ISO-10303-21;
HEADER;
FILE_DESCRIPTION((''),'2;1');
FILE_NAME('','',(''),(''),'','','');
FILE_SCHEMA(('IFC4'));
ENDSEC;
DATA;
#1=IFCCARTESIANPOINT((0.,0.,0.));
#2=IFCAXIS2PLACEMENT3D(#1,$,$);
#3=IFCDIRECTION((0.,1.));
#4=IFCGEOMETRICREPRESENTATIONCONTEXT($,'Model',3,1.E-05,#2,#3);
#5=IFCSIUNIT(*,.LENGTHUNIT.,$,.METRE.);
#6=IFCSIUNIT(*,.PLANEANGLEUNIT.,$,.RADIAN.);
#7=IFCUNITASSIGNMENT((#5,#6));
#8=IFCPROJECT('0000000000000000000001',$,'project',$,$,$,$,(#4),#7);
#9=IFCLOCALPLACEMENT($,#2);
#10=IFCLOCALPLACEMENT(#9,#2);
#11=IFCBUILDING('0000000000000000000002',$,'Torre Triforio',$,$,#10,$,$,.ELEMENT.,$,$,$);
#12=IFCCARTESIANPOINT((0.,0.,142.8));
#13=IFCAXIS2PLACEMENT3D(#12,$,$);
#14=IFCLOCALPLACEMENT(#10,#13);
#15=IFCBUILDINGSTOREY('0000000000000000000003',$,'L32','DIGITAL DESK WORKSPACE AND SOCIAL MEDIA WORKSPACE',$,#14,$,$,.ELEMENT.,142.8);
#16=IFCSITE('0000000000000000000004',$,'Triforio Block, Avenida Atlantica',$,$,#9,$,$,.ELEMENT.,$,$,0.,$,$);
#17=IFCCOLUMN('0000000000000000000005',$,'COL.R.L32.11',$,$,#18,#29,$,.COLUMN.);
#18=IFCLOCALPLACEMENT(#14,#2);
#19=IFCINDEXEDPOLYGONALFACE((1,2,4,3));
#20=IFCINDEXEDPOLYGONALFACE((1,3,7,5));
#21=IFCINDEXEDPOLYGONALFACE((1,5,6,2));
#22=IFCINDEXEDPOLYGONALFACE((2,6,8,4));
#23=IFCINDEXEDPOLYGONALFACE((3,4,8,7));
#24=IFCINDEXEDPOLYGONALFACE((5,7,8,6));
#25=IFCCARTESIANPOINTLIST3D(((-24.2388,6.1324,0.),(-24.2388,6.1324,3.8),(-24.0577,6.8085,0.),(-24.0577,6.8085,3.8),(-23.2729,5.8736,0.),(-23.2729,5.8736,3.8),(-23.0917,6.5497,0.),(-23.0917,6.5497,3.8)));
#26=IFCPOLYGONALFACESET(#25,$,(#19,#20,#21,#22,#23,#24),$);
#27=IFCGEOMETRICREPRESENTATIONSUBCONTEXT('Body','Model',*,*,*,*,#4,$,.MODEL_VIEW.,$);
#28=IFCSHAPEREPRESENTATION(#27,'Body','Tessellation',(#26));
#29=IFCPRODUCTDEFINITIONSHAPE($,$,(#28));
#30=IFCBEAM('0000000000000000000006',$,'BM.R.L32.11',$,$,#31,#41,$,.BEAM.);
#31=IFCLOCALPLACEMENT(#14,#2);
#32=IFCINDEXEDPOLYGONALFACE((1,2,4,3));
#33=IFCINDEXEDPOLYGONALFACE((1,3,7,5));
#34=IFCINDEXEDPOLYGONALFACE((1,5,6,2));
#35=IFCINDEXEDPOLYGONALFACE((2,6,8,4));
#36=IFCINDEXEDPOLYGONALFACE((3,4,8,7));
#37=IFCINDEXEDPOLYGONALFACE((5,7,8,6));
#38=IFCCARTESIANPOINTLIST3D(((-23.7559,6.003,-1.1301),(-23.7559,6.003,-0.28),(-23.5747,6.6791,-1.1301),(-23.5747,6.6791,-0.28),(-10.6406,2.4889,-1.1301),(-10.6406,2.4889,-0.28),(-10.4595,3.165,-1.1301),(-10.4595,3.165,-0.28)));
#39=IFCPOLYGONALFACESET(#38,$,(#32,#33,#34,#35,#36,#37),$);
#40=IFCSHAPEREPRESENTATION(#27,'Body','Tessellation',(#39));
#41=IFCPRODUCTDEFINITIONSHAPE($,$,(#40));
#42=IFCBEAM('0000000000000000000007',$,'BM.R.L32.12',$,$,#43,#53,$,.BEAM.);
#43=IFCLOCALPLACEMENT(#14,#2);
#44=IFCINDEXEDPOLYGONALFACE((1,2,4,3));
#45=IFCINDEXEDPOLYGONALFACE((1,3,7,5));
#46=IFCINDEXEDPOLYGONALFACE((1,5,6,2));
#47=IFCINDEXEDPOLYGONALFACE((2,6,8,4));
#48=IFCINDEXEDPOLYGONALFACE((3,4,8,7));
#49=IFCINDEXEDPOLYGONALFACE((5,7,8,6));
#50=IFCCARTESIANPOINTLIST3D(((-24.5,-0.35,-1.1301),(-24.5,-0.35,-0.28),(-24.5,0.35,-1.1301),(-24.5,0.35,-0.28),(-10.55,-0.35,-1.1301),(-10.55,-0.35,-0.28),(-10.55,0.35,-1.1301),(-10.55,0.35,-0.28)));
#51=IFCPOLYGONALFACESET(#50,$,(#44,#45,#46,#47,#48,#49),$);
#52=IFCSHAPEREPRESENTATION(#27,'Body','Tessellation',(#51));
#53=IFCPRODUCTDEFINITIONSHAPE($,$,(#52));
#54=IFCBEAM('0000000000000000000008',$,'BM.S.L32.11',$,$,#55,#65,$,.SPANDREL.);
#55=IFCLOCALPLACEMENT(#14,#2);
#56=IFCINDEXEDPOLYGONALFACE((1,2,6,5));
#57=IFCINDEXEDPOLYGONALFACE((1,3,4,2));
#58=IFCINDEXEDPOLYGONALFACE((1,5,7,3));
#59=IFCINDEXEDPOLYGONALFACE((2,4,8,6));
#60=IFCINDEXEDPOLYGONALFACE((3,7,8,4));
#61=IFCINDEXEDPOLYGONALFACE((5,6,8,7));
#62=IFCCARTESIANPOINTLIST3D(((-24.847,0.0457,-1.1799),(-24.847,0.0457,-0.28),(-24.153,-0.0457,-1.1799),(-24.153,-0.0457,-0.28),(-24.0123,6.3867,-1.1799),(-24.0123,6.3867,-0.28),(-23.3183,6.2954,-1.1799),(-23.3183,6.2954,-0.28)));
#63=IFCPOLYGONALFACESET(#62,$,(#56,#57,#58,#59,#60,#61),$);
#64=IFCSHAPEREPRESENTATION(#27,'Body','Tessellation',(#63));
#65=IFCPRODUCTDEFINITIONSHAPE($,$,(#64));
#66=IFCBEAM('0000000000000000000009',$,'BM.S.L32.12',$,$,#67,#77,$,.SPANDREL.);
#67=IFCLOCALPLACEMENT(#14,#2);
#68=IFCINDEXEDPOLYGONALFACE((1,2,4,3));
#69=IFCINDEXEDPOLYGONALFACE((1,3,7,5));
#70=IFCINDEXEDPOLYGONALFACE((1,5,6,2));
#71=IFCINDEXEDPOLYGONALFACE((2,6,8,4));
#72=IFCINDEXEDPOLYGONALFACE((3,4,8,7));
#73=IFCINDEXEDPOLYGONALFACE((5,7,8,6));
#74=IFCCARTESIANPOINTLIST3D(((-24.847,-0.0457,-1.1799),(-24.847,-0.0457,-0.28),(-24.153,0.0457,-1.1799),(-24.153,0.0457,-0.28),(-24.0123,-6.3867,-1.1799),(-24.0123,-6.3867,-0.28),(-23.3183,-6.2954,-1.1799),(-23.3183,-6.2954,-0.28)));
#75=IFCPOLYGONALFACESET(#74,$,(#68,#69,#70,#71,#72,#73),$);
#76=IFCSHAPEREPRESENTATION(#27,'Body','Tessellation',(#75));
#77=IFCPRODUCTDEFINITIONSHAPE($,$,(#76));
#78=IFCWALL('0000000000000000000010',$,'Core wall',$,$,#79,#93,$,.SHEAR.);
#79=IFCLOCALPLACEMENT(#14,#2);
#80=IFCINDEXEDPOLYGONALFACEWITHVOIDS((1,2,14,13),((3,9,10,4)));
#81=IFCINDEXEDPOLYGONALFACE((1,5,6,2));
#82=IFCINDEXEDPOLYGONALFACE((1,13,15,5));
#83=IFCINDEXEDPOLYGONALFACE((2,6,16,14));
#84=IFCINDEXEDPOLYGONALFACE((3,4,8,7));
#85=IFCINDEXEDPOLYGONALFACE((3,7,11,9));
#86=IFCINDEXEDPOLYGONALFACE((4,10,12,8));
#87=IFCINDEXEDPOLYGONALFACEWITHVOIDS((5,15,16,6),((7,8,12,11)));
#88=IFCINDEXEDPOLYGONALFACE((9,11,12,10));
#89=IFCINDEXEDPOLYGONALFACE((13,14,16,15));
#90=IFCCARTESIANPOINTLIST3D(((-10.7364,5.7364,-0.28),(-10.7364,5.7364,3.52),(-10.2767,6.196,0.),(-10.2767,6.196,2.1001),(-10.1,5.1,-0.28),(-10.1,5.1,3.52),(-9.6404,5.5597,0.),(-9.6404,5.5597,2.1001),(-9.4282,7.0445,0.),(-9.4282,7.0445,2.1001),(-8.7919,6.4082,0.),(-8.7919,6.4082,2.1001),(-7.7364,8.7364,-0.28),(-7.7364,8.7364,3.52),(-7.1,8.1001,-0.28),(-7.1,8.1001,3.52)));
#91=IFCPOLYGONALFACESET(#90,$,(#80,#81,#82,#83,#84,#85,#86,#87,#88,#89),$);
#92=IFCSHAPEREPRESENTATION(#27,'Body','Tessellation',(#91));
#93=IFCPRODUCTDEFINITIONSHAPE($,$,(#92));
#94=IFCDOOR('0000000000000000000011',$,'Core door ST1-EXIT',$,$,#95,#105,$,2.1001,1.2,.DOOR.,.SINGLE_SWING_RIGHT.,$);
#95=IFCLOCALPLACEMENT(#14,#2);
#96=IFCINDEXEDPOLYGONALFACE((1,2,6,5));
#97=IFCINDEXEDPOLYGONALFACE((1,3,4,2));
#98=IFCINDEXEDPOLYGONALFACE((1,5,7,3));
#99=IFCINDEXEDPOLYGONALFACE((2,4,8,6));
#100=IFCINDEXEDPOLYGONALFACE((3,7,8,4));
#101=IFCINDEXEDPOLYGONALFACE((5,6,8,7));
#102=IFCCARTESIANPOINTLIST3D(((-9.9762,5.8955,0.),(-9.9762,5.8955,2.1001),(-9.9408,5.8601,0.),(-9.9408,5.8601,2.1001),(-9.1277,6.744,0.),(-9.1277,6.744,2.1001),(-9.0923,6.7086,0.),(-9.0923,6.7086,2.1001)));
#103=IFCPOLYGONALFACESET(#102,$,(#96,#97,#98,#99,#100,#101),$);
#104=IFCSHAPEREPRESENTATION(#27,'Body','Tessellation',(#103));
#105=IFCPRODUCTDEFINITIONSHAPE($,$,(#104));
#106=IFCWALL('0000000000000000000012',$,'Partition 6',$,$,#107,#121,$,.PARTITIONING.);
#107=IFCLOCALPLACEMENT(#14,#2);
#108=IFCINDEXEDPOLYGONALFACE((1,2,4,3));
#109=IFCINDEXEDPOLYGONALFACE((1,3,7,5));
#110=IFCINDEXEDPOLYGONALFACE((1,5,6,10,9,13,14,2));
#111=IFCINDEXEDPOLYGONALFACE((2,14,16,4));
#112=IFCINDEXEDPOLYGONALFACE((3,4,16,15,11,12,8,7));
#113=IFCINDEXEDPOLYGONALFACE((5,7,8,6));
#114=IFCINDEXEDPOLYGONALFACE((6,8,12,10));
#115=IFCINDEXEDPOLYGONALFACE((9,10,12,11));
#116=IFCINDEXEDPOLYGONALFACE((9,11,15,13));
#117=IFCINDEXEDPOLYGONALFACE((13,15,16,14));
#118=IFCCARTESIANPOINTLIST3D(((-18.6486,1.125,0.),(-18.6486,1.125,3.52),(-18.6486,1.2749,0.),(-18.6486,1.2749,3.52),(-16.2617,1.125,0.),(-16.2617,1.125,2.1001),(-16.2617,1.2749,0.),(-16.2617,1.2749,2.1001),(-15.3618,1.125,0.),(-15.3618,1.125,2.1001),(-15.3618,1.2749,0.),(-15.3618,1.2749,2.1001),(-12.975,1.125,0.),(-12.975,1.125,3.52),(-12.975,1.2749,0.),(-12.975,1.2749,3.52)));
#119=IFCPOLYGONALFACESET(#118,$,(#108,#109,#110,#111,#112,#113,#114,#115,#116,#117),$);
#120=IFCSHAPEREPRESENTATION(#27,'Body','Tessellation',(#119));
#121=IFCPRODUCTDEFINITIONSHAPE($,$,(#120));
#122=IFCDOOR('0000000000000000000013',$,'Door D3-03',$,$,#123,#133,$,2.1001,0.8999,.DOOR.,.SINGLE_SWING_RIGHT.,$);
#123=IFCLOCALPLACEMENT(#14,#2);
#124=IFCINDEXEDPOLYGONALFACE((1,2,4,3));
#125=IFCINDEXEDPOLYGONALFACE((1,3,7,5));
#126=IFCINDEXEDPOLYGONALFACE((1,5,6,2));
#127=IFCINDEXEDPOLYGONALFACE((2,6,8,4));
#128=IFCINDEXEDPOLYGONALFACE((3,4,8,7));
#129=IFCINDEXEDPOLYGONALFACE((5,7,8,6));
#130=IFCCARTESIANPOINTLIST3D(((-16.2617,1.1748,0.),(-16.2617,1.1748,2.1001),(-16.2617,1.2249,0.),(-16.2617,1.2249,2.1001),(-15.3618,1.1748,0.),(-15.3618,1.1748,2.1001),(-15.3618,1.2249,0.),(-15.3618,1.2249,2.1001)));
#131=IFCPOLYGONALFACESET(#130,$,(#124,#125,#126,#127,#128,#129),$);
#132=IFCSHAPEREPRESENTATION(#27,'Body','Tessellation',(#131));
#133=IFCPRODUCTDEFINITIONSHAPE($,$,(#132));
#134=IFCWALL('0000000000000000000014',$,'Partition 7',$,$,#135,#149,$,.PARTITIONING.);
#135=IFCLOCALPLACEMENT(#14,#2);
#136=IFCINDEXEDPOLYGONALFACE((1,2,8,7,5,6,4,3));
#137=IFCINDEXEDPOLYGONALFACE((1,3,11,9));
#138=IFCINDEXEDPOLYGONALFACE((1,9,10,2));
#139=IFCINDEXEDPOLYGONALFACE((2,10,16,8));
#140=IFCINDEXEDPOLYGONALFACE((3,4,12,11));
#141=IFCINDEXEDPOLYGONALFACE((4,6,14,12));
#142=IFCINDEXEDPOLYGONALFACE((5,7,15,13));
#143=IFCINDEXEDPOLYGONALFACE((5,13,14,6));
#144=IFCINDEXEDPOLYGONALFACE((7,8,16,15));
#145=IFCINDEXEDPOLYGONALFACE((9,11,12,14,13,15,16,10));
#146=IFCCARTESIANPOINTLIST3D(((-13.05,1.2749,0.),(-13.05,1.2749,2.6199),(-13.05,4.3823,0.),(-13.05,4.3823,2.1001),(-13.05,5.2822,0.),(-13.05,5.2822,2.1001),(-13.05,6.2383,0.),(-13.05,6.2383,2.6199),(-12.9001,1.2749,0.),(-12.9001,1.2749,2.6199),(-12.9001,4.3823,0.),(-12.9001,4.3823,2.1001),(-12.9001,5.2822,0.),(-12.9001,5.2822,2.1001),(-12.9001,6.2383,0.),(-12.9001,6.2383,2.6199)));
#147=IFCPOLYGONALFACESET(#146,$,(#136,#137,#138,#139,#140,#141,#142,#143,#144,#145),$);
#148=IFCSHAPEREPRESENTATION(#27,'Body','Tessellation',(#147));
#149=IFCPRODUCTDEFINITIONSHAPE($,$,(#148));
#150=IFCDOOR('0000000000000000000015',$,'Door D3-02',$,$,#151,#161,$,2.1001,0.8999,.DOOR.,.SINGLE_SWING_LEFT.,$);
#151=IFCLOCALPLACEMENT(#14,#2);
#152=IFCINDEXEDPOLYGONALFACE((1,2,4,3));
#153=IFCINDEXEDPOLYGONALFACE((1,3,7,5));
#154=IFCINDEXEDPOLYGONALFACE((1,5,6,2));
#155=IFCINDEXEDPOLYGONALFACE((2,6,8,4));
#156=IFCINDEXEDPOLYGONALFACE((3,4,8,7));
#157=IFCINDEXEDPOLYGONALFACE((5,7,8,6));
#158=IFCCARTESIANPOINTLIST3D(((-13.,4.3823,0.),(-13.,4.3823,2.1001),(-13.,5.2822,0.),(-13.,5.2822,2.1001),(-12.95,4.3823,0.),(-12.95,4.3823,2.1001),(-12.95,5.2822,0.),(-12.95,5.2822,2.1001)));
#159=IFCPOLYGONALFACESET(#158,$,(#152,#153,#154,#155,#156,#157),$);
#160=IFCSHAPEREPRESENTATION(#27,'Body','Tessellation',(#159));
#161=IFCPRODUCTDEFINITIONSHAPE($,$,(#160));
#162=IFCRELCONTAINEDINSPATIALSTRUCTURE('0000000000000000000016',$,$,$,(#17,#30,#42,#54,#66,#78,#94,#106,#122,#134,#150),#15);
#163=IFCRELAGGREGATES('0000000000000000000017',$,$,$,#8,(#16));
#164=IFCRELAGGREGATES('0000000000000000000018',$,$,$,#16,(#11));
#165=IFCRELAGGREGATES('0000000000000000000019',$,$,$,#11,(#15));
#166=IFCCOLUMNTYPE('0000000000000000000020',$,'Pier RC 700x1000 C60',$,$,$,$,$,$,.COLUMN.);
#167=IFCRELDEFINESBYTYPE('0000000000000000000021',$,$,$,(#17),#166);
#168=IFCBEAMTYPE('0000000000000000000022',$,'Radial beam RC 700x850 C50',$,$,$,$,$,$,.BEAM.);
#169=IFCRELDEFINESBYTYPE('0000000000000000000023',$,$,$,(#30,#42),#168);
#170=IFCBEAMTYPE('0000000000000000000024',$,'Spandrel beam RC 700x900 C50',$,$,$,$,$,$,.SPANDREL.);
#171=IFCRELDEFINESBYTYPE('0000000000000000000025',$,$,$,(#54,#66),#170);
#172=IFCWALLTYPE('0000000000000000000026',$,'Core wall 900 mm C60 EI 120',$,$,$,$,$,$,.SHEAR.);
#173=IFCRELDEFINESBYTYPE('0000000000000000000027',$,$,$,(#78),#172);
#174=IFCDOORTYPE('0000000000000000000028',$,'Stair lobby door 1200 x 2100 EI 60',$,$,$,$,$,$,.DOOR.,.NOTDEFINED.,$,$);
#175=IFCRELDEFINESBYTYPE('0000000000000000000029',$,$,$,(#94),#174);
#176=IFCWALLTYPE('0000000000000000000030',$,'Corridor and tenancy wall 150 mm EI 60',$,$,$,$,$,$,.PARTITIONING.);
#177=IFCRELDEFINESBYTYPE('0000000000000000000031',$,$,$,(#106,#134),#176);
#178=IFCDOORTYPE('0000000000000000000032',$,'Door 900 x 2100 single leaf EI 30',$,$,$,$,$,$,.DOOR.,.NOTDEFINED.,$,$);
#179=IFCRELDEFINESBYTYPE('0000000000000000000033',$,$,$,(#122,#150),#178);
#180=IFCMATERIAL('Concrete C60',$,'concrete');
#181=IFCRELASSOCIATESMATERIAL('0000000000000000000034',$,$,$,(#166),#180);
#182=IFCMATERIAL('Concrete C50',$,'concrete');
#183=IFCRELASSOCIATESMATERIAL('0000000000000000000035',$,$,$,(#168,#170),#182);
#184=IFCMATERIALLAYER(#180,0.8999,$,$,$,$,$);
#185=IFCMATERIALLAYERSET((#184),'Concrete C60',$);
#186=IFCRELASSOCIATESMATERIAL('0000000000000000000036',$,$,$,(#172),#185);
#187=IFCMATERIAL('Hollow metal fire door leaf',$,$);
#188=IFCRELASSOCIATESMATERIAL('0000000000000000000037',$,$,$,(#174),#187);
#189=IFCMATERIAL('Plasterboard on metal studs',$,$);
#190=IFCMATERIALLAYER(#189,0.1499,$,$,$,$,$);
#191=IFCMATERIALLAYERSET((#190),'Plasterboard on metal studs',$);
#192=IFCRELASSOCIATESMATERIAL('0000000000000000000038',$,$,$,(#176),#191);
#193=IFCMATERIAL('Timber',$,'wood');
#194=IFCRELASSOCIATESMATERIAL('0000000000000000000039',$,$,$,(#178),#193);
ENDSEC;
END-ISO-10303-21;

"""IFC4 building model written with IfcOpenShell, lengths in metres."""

from ifc_helpers import new_model, si_unit, direction, frame, frame_2d, origin, origin_2d, place, context, subcontext, project, spatial, rectangle, extrude, material, layer, layer_set, material_profile, profile_set, type_object, element, fill, save


model = new_model("IFC4")

# Units and contexts
model_context = context("Model", 3, precision=1e-05, world=origin(), true_north=direction((0.0, 1.0)))
body_context = subcontext(model_context, "Body", "Model", "MODEL_VIEW")
ifc_project = project(units=[si_unit("LENGTHUNIT", "METRE"), si_unit("PLANEANGLEUNIT", "RADIAN")], contexts=[model_context])

# Site, building, storey
site_placement = place(None, origin())
site = spatial("IfcSite", under=ifc_project, at=site_placement, Name="Triforio Block, Avenida Atlantica", CompositionType="ELEMENT", RefElevation=0.0)
building_placement = place(site_placement, origin())
building = spatial("IfcBuilding", under=site, at=building_placement, Name="Torre Triforio", CompositionType="ELEMENT")
storey_placement = place(building_placement, frame((0.0, 0.0, 142.8)))
storey = spatial("IfcBuildingStorey", under=building, at=storey_placement, Name="L32", Description="DIGITAL DESK WORKSPACE AND SOCIAL MEDIA WORKSPACE", CompositionType="ELEMENT", Elevation=142.8)

# Column
ifc_material_1 = material(Name="Concrete C60", Category="concrete")
ifc_material_profile_1 = material_profile(ifc_material_1, rectangle(XDim=0.7, YDim=1.0, at=origin_2d()), Name="RC 700x1000")
ifc_profile_set_1 = profile_set([ifc_material_profile_1], Name="Concrete C60")
column_type = type_object("IfcColumnType", Name="Pier RC 700x1000 C60", PredefinedType="COLUMN", material=ifc_profile_set_1)
column_placement = place(storey_placement, frame((-23.6653, 6.3411, 0.0), z_axis=(0.0, 0.0, 1.0), x_axis=(-0.258819, -0.965926, 0.0)))
element("IfcColumn", 1, at=column_placement, inside=storey, type_object=column_type, Name="COL.R.L32.11", PredefinedType="COLUMN", context=body_context, shape_type="SweptSolid", body=[
    extrude(rectangle(XDim=0.7, YDim=1.0, at=origin_2d()), origin(), (0.0, 0.0, 1.0), 3.8),
])

# Beams
ifc_material_2 = material(Name="Concrete C50", Category="concrete")
ifc_material_profile_2 = material_profile(ifc_material_2, rectangle(XDim=0.7, YDim=0.8501, at=origin_2d()), Name="RC 700x850")
ifc_profile_set_2 = profile_set([ifc_material_profile_2], Name="Concrete C50")
beam_type_1 = type_object("IfcBeamType", Name="Radial beam RC 700x850 C50", PredefinedType="BEAM", material=ifc_profile_set_2)
beam_1_placement = place(storey_placement, frame((-10.55, 2.8269, -0.7051), z_axis=(-0.965927, 0.258815, 0.0), x_axis=(-0.258815, -0.965927, 0.0)))
element("IfcBeam", 2, at=beam_1_placement, inside=storey, type_object=beam_type_1, Name="BM.R.L32.11", PredefinedType="BEAM", context=body_context, shape_type="SweptSolid", body=[
    extrude(rectangle(XDim=0.7, YDim=0.8501, at=origin_2d()), origin(), (0.0, 0.0, 1.0), 13.5779),
])
beam_2_placement = place(storey_placement, frame((-10.55, 0.0, -0.7051), z_axis=(-1.0, 0.0, 0.0), x_axis=(0.0, -1.0, 0.0)))
element("IfcBeam", 3, at=beam_2_placement, inside=storey, type_object=beam_type_1, Name="BM.R.L32.12", PredefinedType="BEAM", context=body_context, shape_type="SweptSolid", body=[
    extrude(rectangle(XDim=0.7, YDim=0.8501, at=origin_2d()), origin(), (0.0, 0.0, 1.0), 13.95),
])
ifc_material_profile_3 = material_profile(ifc_material_2, rectangle(XDim=0.7, YDim=0.8999, at=origin_2d()), Name="RC 700x900")
ifc_profile_set_3 = profile_set([ifc_material_profile_3], Name="Concrete C50")
beam_type_2 = type_object("IfcBeamType", Name="Spandrel beam RC 700x900 C50", PredefinedType="SPANDREL", material=ifc_profile_set_3)
for number, where, z_axis, x_axis, name in (
    (4, (-23.6653, 6.3411, -0.73), (-0.130511, -0.991447, 0.0), (0.991447, -0.130511, 0.0), "BM.S.L32.11"),
    (5, (-24.5, 0.0, -0.73), (0.130511, -0.991447, 0.0), (0.991447, 0.130511, 0.0), "BM.S.L32.12"),
):
    element("IfcBeam", number, at=place(storey_placement, frame(where, z_axis=z_axis, x_axis=x_axis)), inside=storey, type_object=beam_type_2, Name=name, PredefinedType="SPANDREL", context=body_context, shape_type="SweptSolid", body=[
        extrude(rectangle(XDim=0.7, YDim=0.8999, at=origin_2d()), origin(), (0.0, 0.0, 1.0), 6.3958),
    ])

# Walls, openings, doors
ifc_layer_1 = layer(ifc_material_1, 0.8999)
ifc_layer_set_1 = layer_set([ifc_layer_1], Name="Concrete C60")
wall_type_1 = type_object("IfcWallType", Name="Core wall 900 mm C60 EI 120", PredefinedType="SHEAR", material=ifc_layer_set_1)
wall_1_placement = place(storey_placement, frame((-10.4182, 5.4182, -0.28), z_axis=(0.0, 0.0, 1.0), x_axis=(0.707107, 0.707107, 0.0)))
wall_1 = element("IfcWall", 6, at=wall_1_placement, inside=storey, type_object=wall_type_1, Name="Core wall", PredefinedType="SHEAR", context=body_context, shape_type="SweptSolid", body=[
    extrude(rectangle(XDim=4.2427, YDim=0.8999, at=frame_2d((2.1213, 0.0))), origin(), (0.0, 0.0, 1.0), 3.8),
])
opening_1_placement = place(wall_1_placement, frame((0.6499, 0.0, 0.28)))
opening_1 = element("IfcOpeningElement", 7, at=opening_1_placement, cuts=wall_1, PredefinedType="OPENING", context=body_context, shape_type="SweptSolid", body=[
    extrude(rectangle(XDim=1.2, YDim=2.1001, at=frame_2d((0.6001, 1.05))), frame((0.0, 0.46, 0.0), z_axis=(0.0, -1.0, 0.0), x_axis=(1.0, 0.0, 0.0)), (0.0, 0.0, 1.0), 0.9199),
])
ifc_material_3 = material(Name="Hollow metal fire door leaf")
door_type_1 = type_object("IfcDoorType", Name="Stair lobby door 1200 x 2100 EI 60", OperationType="NOTDEFINED", PredefinedType="DOOR", material=ifc_material_3)
door_1_placement = place(opening_1_placement, origin())
door_1 = element("IfcDoor", 8, at=door_1_placement, inside=storey, type_object=door_type_1, Name="Core door ST1-EXIT", OperationType="SINGLE_SWING_RIGHT", OverallHeight=2.1001, OverallWidth=1.2, PredefinedType="DOOR", context=body_context, shape_type="SweptSolid", body=[
    extrude(rectangle(XDim=1.2, YDim=2.1001, at=frame_2d((0.6001, 1.05))), frame((0.0, 0.0249, 0.0), z_axis=(0.0, -1.0, 0.0), x_axis=(1.0, 0.0, 0.0)), (0.0, 0.0, 1.0), 0.05),
])
fill(opening_1, door_1)
ifc_material_4 = material(Name="Plasterboard on metal studs")
ifc_layer_2 = layer(ifc_material_4, 0.1499)
ifc_layer_set_2 = layer_set([ifc_layer_2], Name="Plasterboard on metal studs")
wall_type_2 = type_object("IfcWallType", Name="Corridor and tenancy wall 150 mm EI 60", PredefinedType="PARTITIONING", material=ifc_layer_set_2)
wall_2_placement = place(storey_placement, frame((-18.6487, 1.2, 0.0), z_axis=(0.0, 0.0, 1.0), x_axis=(1.0, 0.0, 0.0)))
wall_2 = element("IfcWall", 9, at=wall_2_placement, inside=storey, type_object=wall_type_2, Name="Partition 6", PredefinedType="PARTITIONING", context=body_context, shape_type="SweptSolid", body=[
    extrude(rectangle(XDim=5.6736, YDim=0.1499, at=frame_2d((2.8369, 0.0))), origin(), (0.0, 0.0, 1.0), 3.52),
])
opening_2_placement = place(wall_2_placement, frame((2.387, 0.0, 0.0)))
opening_2 = element("IfcOpeningElement", 10, at=opening_2_placement, cuts=wall_2, PredefinedType="OPENING", context=body_context, shape_type="SweptSolid", body=[
    extrude(rectangle(XDim=0.8999, YDim=2.1001, at=frame_2d((0.45, 1.05))), frame((0.0, 0.085, 0.0), z_axis=(0.0, -1.0, 0.0), x_axis=(1.0, 0.0, 0.0)), (0.0, 0.0, 1.0), 0.1699),
])
ifc_material_5 = material(Name="Timber", Category="wood")
door_type_2 = type_object("IfcDoorType", Name="Door 900 x 2100 single leaf EI 30", OperationType="NOTDEFINED", PredefinedType="DOOR", material=ifc_material_5)
door_2_placement = place(opening_2_placement, origin())
door_2 = element("IfcDoor", 11, at=door_2_placement, inside=storey, type_object=door_type_2, Name="Door D3-03", OperationType="SINGLE_SWING_RIGHT", OverallHeight=2.1001, OverallWidth=0.8999, PredefinedType="DOOR", context=body_context, shape_type="SweptSolid", body=[
    extrude(rectangle(XDim=0.8999, YDim=2.1001, at=frame_2d((0.45, 1.05))), frame((0.0, 0.0249, 0.0), z_axis=(0.0, -1.0, 0.0), x_axis=(1.0, 0.0, 0.0)), (0.0, 0.0, 1.0), 0.05),
])
fill(opening_2, door_2)
wall_3_placement = place(storey_placement, frame((-12.9751, 1.2749, 0.0), z_axis=(0.0, 0.0, 1.0), x_axis=(0.0, 1.0, 0.0)))
wall_3 = element("IfcWall", 12, at=wall_3_placement, inside=storey, type_object=wall_type_2, Name="Partition 7", PredefinedType="PARTITIONING", context=body_context, shape_type="SweptSolid", body=[
    extrude(rectangle(XDim=4.9634, YDim=0.1499, at=frame_2d((2.4817, 0.0))), origin(), (0.0, 0.0, 1.0), 2.6199),
])
opening_3_placement = place(wall_3_placement, frame((3.1074, 0.0, 0.0)))
opening_3 = element("IfcOpeningElement", 13, at=opening_3_placement, cuts=wall_3, PredefinedType="OPENING", context=body_context, shape_type="SweptSolid", body=[
    extrude(rectangle(XDim=0.8999, YDim=2.1001, at=frame_2d((0.45, 1.05))), frame((0.0, 0.085, 0.0), z_axis=(0.0, -1.0, 0.0), x_axis=(1.0, 0.0, 0.0)), (0.0, 0.0, 1.0), 0.1699),
])
door_3_placement = place(opening_3_placement, origin())
door_3 = element("IfcDoor", 14, at=door_3_placement, inside=storey, type_object=door_type_2, Name="Door D3-02", OperationType="SINGLE_SWING_LEFT", OverallHeight=2.1001, OverallWidth=0.8999, PredefinedType="DOOR", context=body_context, shape_type="SweptSolid", body=[
    extrude(rectangle(XDim=0.8999, YDim=2.1001, at=frame_2d((0.45, 1.05))), frame((0.0, 0.0249, 0.0), z_axis=(0.0, -1.0, 0.0), x_axis=(1.0, 0.0, 0.0)), (0.0, 0.0, 1.0), 0.05),
])
fill(opening_3, door_3)

save(model, "model.ifc")
